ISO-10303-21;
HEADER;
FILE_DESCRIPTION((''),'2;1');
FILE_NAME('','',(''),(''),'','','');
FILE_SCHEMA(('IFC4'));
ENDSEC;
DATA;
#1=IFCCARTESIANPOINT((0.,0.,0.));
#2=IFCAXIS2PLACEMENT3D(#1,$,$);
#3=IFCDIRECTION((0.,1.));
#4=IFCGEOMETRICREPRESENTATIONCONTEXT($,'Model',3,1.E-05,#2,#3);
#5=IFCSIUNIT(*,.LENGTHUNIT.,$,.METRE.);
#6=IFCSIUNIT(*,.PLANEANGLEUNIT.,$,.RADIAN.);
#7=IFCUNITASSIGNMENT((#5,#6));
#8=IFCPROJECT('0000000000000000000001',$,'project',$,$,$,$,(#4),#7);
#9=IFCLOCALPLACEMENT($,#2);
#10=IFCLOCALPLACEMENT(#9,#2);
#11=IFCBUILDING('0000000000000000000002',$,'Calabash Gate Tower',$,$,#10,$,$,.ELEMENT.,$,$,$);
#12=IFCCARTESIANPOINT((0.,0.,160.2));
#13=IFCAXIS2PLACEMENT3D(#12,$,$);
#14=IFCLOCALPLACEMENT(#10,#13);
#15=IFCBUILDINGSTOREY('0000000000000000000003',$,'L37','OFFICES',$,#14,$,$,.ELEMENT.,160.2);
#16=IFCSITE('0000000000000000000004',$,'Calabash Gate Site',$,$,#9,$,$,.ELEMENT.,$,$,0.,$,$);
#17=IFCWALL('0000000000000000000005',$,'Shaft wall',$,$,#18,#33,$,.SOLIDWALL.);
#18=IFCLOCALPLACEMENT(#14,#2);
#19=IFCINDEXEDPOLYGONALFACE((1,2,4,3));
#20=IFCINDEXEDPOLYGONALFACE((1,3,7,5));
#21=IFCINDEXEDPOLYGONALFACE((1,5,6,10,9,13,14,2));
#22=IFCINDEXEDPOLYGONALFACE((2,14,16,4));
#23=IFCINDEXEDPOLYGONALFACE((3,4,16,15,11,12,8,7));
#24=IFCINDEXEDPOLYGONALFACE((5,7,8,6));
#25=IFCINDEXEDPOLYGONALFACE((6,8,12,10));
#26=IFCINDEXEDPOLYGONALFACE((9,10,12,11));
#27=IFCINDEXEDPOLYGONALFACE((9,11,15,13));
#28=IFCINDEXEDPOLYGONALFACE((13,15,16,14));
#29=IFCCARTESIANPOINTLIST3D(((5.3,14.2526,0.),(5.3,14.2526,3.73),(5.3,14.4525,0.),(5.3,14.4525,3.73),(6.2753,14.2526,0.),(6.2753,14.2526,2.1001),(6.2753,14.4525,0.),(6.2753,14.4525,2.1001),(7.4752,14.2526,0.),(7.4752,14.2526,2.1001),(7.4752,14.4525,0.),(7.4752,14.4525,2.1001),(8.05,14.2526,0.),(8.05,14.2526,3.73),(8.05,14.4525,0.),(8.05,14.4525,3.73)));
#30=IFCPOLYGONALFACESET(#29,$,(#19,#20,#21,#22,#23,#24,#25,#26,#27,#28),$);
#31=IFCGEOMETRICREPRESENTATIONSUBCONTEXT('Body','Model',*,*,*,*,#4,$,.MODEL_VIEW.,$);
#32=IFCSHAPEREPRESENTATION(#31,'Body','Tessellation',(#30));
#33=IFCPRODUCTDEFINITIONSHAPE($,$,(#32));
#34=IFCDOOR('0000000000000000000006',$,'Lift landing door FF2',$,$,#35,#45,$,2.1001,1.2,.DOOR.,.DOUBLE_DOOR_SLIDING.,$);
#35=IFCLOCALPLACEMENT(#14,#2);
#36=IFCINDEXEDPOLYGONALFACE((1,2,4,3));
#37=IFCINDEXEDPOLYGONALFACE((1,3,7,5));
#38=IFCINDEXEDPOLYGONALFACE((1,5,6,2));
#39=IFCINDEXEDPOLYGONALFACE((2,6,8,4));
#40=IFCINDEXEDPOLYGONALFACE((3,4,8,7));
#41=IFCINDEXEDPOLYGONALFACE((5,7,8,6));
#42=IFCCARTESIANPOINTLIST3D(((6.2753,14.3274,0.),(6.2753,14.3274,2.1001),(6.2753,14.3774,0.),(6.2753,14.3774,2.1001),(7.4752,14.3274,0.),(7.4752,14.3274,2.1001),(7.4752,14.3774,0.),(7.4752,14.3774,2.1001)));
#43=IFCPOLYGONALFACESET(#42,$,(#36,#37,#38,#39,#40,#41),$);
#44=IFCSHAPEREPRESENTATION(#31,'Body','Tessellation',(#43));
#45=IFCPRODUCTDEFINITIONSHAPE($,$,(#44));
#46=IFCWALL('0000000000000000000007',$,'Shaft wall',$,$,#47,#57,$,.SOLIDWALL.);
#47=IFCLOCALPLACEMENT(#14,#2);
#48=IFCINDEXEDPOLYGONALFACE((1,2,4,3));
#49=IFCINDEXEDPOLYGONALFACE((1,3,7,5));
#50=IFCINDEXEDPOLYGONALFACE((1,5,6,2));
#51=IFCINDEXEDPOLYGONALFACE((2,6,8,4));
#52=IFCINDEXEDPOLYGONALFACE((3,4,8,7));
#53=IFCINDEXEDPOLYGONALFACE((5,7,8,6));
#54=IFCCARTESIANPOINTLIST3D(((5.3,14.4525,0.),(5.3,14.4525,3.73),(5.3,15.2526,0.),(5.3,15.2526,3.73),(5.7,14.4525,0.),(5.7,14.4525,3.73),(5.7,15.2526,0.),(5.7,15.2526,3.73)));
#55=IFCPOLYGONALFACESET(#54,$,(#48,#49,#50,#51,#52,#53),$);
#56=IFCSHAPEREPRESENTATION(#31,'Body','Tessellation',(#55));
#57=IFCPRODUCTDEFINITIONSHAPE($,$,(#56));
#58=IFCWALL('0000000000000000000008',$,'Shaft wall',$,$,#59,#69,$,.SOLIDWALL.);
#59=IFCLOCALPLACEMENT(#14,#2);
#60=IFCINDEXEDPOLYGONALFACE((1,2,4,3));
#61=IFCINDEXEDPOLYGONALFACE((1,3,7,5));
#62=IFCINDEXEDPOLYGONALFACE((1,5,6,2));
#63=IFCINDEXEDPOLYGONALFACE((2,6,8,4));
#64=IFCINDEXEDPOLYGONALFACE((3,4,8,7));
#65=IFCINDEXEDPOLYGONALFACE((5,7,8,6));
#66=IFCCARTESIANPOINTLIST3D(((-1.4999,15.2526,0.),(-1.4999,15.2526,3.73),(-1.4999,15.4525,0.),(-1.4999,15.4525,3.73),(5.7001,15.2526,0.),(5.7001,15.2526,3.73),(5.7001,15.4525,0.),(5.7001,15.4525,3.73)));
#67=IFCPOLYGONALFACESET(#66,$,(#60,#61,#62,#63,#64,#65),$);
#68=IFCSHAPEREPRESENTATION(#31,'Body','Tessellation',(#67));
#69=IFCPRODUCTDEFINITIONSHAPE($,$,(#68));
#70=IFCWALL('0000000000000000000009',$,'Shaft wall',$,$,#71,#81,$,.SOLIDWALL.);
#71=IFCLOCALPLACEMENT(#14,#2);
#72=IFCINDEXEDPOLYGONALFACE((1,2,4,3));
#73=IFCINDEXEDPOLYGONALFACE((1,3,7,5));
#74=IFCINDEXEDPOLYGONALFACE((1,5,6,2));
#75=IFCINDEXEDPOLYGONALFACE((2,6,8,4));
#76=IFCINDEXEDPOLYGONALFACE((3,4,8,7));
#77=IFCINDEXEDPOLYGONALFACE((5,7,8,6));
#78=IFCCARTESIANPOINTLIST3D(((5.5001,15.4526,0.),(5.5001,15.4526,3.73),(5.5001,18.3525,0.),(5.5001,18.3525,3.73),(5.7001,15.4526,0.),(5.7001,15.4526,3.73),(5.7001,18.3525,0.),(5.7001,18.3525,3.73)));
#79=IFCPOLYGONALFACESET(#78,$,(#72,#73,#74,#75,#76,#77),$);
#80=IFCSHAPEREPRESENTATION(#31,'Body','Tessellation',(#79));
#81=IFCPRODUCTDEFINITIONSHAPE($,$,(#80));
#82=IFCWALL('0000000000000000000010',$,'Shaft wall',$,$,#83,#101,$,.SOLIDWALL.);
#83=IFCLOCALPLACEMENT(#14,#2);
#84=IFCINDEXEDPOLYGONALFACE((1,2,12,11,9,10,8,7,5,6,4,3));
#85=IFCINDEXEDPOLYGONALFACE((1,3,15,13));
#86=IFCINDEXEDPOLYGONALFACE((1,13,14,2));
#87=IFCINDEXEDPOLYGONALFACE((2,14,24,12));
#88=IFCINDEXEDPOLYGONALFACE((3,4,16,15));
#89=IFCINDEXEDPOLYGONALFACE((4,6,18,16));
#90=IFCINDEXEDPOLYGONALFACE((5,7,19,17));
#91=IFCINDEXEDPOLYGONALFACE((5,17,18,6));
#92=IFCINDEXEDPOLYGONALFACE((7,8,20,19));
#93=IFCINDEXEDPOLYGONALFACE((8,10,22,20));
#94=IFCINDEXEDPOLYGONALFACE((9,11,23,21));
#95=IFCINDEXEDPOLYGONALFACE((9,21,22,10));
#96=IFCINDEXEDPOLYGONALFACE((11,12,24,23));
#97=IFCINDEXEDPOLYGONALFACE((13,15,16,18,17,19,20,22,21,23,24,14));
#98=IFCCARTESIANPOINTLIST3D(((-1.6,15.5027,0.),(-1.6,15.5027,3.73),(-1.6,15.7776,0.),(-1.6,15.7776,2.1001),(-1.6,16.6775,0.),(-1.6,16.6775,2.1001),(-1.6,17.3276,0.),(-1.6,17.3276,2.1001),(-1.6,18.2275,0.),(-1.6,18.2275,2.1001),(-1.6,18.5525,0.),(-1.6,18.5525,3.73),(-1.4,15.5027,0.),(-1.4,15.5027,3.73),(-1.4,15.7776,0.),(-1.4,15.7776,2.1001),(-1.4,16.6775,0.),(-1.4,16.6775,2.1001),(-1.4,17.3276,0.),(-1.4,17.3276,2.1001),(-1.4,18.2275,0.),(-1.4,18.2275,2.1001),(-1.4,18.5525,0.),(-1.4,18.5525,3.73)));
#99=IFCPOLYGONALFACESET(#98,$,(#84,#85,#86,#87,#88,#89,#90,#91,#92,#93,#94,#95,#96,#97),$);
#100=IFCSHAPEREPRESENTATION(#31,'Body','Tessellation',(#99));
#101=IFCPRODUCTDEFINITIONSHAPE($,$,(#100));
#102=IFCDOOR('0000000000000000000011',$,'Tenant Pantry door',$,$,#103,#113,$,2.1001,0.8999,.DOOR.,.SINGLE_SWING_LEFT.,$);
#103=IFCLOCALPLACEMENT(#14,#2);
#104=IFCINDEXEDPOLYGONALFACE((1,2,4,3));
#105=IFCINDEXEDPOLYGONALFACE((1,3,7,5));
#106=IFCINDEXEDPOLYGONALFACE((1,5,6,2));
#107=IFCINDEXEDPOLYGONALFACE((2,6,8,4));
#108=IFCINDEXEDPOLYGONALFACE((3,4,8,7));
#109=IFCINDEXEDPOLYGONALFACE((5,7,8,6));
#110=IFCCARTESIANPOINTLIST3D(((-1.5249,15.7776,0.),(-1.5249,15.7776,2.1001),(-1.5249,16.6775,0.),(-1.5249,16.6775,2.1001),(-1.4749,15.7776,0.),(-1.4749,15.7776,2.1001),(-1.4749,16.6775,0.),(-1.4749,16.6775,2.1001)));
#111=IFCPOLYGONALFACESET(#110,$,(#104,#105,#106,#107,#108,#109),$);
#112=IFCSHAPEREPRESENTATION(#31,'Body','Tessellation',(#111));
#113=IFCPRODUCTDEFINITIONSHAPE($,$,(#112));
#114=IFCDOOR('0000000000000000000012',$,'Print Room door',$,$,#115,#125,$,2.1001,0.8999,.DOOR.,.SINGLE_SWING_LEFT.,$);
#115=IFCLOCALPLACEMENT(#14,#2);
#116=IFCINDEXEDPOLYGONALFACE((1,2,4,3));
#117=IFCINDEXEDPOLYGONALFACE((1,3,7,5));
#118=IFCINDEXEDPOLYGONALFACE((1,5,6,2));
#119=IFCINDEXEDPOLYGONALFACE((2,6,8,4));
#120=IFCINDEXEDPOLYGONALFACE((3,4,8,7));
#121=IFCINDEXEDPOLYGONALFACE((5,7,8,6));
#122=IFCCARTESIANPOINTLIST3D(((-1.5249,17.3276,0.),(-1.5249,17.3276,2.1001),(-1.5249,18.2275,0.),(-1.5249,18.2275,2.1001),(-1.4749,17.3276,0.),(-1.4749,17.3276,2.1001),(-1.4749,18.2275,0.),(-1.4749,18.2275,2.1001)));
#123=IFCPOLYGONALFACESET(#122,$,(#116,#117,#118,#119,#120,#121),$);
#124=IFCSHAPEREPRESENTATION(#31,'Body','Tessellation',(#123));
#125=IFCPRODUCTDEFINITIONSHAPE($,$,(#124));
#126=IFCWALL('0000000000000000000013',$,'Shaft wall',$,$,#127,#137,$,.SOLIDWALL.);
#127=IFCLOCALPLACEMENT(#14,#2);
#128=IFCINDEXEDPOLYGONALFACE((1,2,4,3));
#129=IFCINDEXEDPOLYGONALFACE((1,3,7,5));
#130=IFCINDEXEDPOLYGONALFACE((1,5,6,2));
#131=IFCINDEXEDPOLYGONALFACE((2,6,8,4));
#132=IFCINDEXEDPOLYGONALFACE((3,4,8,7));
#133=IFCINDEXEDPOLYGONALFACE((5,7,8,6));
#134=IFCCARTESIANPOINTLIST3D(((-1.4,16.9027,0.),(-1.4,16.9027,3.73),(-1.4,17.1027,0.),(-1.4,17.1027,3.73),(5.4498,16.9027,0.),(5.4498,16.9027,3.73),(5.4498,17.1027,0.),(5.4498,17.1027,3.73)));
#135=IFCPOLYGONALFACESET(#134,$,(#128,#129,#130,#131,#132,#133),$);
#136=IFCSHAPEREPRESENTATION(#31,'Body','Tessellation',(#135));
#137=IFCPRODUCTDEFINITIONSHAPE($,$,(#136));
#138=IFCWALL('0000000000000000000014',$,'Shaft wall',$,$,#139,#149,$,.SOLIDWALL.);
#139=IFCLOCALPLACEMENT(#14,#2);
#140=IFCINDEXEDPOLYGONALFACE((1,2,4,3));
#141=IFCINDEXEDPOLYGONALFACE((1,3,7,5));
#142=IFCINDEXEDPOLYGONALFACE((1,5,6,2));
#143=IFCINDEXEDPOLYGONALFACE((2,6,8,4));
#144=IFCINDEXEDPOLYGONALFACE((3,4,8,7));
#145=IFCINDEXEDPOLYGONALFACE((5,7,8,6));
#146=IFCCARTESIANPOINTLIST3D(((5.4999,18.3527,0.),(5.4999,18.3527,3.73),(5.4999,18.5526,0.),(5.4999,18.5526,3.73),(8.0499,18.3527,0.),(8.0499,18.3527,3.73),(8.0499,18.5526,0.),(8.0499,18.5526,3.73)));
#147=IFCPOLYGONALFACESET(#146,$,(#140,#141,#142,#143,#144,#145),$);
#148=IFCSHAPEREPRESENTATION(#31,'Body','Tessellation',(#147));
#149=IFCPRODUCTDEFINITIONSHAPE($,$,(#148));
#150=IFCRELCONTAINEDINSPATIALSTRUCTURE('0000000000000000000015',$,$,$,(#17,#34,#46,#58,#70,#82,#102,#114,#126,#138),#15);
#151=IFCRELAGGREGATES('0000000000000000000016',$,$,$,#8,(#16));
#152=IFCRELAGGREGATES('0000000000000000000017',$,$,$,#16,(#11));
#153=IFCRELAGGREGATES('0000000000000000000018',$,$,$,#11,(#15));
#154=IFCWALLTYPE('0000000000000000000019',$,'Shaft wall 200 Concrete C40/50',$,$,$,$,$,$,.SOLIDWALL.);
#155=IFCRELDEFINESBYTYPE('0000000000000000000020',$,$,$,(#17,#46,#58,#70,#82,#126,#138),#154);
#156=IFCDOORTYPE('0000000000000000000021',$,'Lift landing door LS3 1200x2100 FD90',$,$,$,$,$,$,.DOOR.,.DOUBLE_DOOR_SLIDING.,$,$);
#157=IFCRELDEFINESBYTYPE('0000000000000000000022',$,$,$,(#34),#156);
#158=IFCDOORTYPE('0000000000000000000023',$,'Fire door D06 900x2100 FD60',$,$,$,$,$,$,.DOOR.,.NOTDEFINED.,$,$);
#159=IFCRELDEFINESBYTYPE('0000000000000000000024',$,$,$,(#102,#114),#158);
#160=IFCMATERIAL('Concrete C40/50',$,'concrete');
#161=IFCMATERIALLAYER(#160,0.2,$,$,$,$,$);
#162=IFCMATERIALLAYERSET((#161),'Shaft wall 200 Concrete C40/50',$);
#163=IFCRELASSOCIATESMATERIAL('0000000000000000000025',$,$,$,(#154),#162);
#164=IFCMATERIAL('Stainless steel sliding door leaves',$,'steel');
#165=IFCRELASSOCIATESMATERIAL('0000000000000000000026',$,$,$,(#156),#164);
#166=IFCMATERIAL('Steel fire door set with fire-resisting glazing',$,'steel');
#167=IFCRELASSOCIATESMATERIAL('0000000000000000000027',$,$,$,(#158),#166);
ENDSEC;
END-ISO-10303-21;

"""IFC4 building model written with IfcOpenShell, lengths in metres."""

from ifc_helpers import new_model, si_unit, direction, frame, frame_2d, origin, place, context, subcontext, project, spatial, rectangle, extrude, material, layer, layer_set, type_object, element, fill, save


model = new_model("IFC4")

# Units and contexts
model_context = context("Model", 3, precision=1e-05, world=origin(), true_north=direction((0.0, 1.0)))
body_context = subcontext(model_context, "Body", "Model", "MODEL_VIEW")
ifc_project = project(units=[si_unit("LENGTHUNIT", "METRE"), si_unit("PLANEANGLEUNIT", "RADIAN")], contexts=[model_context])

# Site, building, storey
site_placement = place(None, origin())
site = spatial("IfcSite", under=ifc_project, at=site_placement, Name="Calabash Gate Site", CompositionType="ELEMENT", RefElevation=0.0)
building_placement = place(site_placement, origin())
building = spatial("IfcBuilding", under=site, at=building_placement, Name="Calabash Gate Tower", CompositionType="ELEMENT")
storey_placement = place(building_placement, frame((0.0, 0.0, 160.2)))
storey = spatial("IfcBuildingStorey", under=building, at=storey_placement, Name="L37", Description="OFFICES", CompositionType="ELEMENT", Elevation=160.2)

# Shared definitions
ifc_material_1 = material(Name="Concrete C40/50", Category="concrete")
ifc_layer_1 = layer(ifc_material_1, 0.2)
ifc_layer_set_1 = layer_set([ifc_layer_1], Name="Shaft wall 200 Concrete C40/50")
wall_type_1 = type_object("IfcWallType", Name="Shaft wall 200 Concrete C40/50", PredefinedType="SOLIDWALL", material=ifc_layer_set_1)

# Shared definitions
ifc_material_2 = material(Name="Stainless steel sliding door leaves", Category="steel")
door_type_1 = type_object("IfcDoorType", Name="Lift landing door LS3 1200x2100 FD90", OperationType="DOUBLE_DOOR_SLIDING", PredefinedType="DOOR", material=ifc_material_2)

# Wall, opening, door
wall_1_placement = place(storey_placement, frame((5.3, 14.3525, 0.0), z_axis=(0.0, 0.0, 1.0), x_axis=(1.0, 0.0, 0.0)))
wall_1 = element("IfcWall", 1, at=wall_1_placement, inside=storey, type_object=wall_type_1, Name="Shaft wall", PredefinedType="SOLIDWALL", context=body_context, shape_type="SweptSolid", body=[
    extrude(rectangle(XDim=2.75, YDim=0.2, at=frame_2d((1.375, 0.0))), origin(), (0.0, 0.0, 1.0), 3.73),
])
opening_1_placement = place(wall_1_placement, frame((0.9751, 0.0, 0.0)))
opening_1 = element("IfcOpeningElement", 2, at=opening_1_placement, cuts=wall_1, PredefinedType="OPENING", context=body_context, shape_type="SweptSolid", body=[
    extrude(rectangle(XDim=1.2, YDim=2.1001, at=frame_2d((0.6001, 1.05))), frame((0.0, 0.1099, 0.0), z_axis=(0.0, -1.0, 0.0), x_axis=(1.0, 0.0, 0.0)), (0.0, 0.0, 1.0), 0.22),
])
door_1_placement = place(opening_1_placement, origin())
door_1 = element("IfcDoor", 3, at=door_1_placement, inside=storey, type_object=door_type_1, Name="Lift landing door FF2", OperationType="DOUBLE_DOOR_SLIDING", OverallHeight=2.1001, OverallWidth=1.2, PredefinedType="DOOR", context=body_context, shape_type="SweptSolid", body=[
    extrude(rectangle(XDim=1.2, YDim=2.1001, at=frame_2d((0.6001, 1.05))), frame((0.0, 0.0249, 0.0), z_axis=(0.0, -1.0, 0.0), x_axis=(1.0, 0.0, 0.0)), (0.0, 0.0, 1.0), 0.05),
])
fill(opening_1, door_1)

# Walls
wall_2_placement = place(storey_placement, frame((5.5, 14.4526, 0.0), z_axis=(0.0, 0.0, 1.0), x_axis=(0.0, 1.0, 0.0)))
element("IfcWall", 4, at=wall_2_placement, inside=storey, type_object=wall_type_1, Name="Shaft wall", PredefinedType="SOLIDWALL", context=body_context, shape_type="SweptSolid", body=[
    extrude(rectangle(XDim=0.8, YDim=0.3999, at=frame_2d((0.3999, 0.0))), origin(), (0.0, 0.0, 1.0), 3.73),
])
wall_3_placement = place(storey_placement, frame((-1.5, 15.3525, 0.0), z_axis=(0.0, 0.0, 1.0), x_axis=(1.0, 0.0, 0.0)))
element("IfcWall", 5, at=wall_3_placement, inside=storey, type_object=wall_type_1, Name="Shaft wall", PredefinedType="SOLIDWALL", context=body_context, shape_type="SweptSolid", body=[
    extrude(rectangle(XDim=7.2, YDim=0.2, at=frame_2d((3.6001, 0.0))), origin(), (0.0, 0.0, 1.0), 3.73),
])
wall_4_placement = place(storey_placement, frame((5.6001, 15.4526, 0.0), z_axis=(0.0, 0.0, 1.0), x_axis=(0.0, 1.0, 0.0)))
element("IfcWall", 6, at=wall_4_placement, inside=storey, type_object=wall_type_1, Name="Shaft wall", PredefinedType="SOLIDWALL", context=body_context, shape_type="SweptSolid", body=[
    extrude(rectangle(XDim=2.8999, YDim=0.2, at=frame_2d((1.45, 0.0))), origin(), (0.0, 0.0, 1.0), 3.73),
])

# Wall, openings, doors
wall_5_placement = place(storey_placement, frame((-1.5, 15.5027, 0.0), z_axis=(0.0, 0.0, 1.0), x_axis=(0.0, 1.0, 0.0)))
wall_5 = element("IfcWall", 7, at=wall_5_placement, inside=storey, type_object=wall_type_1, Name="Shaft wall", PredefinedType="SOLIDWALL", context=body_context, shape_type="SweptSolid", body=[
    extrude(rectangle(XDim=3.0498, YDim=0.2, at=frame_2d((1.5249, 0.0))), origin(), (0.0, 0.0, 1.0), 3.73),
])
opening_2_placement = place(wall_5_placement, frame((0.2749, 0.0, 0.0)))
opening_2 = element("IfcOpeningElement", 8, at=opening_2_placement, cuts=wall_5, PredefinedType="OPENING", context=body_context, shape_type="SweptSolid", body=[
    extrude(rectangle(XDim=0.8999, YDim=2.1001, at=frame_2d((0.45, 1.05))), frame((0.0, 0.1099, 0.0), z_axis=(0.0, -1.0, 0.0), x_axis=(1.0, 0.0, 0.0)), (0.0, 0.0, 1.0), 0.22),
])
opening_3_placement = place(wall_5_placement, frame((1.825, 0.0, 0.0)))
opening_3 = element("IfcOpeningElement", 9, at=opening_3_placement, cuts=wall_5, PredefinedType="OPENING", context=body_context, shape_type="SweptSolid", body=[
    extrude(rectangle(XDim=0.8999, YDim=2.1001, at=frame_2d((0.45, 1.05))), frame((0.0, 0.1099, 0.0), z_axis=(0.0, -1.0, 0.0), x_axis=(1.0, 0.0, 0.0)), (0.0, 0.0, 1.0), 0.22),
])
ifc_material_3 = material(Name="Steel fire door set with fire-resisting glazing", Category="steel")
door_type_2 = type_object("IfcDoorType", Name="Fire door D06 900x2100 FD60", OperationType="NOTDEFINED", PredefinedType="DOOR", material=ifc_material_3)
door_2_placement = place(opening_2_placement, origin())
door_2 = element("IfcDoor", 10, at=door_2_placement, inside=storey, type_object=door_type_2, Name="Tenant Pantry door", OperationType="SINGLE_SWING_LEFT", OverallHeight=2.1001, OverallWidth=0.8999, PredefinedType="DOOR", context=body_context, shape_type="SweptSolid", body=[
    extrude(rectangle(XDim=0.8999, YDim=2.1001, at=frame_2d((0.45, 1.05))), frame((0.0, 0.0249, 0.0), z_axis=(0.0, -1.0, 0.0), x_axis=(1.0, 0.0, 0.0)), (0.0, 0.0, 1.0), 0.05),
])
fill(opening_2, door_2)
door_3_placement = place(opening_3_placement, origin())
door_3 = element("IfcDoor", 11, at=door_3_placement, inside=storey, type_object=door_type_2, Name="Print Room door", OperationType="SINGLE_SWING_LEFT", OverallHeight=2.1001, OverallWidth=0.8999, PredefinedType="DOOR", context=body_context, shape_type="SweptSolid", body=[
    extrude(rectangle(XDim=0.8999, YDim=2.1001, at=frame_2d((0.45, 1.05))), frame((0.0, 0.0249, 0.0), z_axis=(0.0, -1.0, 0.0), x_axis=(1.0, 0.0, 0.0)), (0.0, 0.0, 1.0), 0.05),
])
fill(opening_3, door_3)

# Walls
wall_6_placement = place(storey_placement, frame((-1.3999, 17.0027, 0.0), z_axis=(0.0, 0.0, 1.0), x_axis=(1.0, 0.0, 0.0)))
element("IfcWall", 12, at=wall_6_placement, inside=storey, type_object=wall_type_1, Name="Shaft wall", PredefinedType="SOLIDWALL", context=body_context, shape_type="SweptSolid", body=[
    extrude(rectangle(XDim=6.8499, YDim=0.2, at=frame_2d((3.4248, 0.0))), origin(), (0.0, 0.0, 1.0), 3.73),
])
wall_7_placement = place(storey_placement, frame((5.5, 18.4526, 0.0), z_axis=(0.0, 0.0, 1.0), x_axis=(1.0, 0.0, 0.0)))
element("IfcWall", 13, at=wall_7_placement, inside=storey, type_object=wall_type_1, Name="Shaft wall", PredefinedType="SOLIDWALL", context=body_context, shape_type="SweptSolid", body=[
    extrude(rectangle(XDim=2.55, YDim=0.2, at=frame_2d((1.2749, 0.0))), origin(), (0.0, 0.0, 1.0), 3.73),
])

save(model, "model.ifc")
